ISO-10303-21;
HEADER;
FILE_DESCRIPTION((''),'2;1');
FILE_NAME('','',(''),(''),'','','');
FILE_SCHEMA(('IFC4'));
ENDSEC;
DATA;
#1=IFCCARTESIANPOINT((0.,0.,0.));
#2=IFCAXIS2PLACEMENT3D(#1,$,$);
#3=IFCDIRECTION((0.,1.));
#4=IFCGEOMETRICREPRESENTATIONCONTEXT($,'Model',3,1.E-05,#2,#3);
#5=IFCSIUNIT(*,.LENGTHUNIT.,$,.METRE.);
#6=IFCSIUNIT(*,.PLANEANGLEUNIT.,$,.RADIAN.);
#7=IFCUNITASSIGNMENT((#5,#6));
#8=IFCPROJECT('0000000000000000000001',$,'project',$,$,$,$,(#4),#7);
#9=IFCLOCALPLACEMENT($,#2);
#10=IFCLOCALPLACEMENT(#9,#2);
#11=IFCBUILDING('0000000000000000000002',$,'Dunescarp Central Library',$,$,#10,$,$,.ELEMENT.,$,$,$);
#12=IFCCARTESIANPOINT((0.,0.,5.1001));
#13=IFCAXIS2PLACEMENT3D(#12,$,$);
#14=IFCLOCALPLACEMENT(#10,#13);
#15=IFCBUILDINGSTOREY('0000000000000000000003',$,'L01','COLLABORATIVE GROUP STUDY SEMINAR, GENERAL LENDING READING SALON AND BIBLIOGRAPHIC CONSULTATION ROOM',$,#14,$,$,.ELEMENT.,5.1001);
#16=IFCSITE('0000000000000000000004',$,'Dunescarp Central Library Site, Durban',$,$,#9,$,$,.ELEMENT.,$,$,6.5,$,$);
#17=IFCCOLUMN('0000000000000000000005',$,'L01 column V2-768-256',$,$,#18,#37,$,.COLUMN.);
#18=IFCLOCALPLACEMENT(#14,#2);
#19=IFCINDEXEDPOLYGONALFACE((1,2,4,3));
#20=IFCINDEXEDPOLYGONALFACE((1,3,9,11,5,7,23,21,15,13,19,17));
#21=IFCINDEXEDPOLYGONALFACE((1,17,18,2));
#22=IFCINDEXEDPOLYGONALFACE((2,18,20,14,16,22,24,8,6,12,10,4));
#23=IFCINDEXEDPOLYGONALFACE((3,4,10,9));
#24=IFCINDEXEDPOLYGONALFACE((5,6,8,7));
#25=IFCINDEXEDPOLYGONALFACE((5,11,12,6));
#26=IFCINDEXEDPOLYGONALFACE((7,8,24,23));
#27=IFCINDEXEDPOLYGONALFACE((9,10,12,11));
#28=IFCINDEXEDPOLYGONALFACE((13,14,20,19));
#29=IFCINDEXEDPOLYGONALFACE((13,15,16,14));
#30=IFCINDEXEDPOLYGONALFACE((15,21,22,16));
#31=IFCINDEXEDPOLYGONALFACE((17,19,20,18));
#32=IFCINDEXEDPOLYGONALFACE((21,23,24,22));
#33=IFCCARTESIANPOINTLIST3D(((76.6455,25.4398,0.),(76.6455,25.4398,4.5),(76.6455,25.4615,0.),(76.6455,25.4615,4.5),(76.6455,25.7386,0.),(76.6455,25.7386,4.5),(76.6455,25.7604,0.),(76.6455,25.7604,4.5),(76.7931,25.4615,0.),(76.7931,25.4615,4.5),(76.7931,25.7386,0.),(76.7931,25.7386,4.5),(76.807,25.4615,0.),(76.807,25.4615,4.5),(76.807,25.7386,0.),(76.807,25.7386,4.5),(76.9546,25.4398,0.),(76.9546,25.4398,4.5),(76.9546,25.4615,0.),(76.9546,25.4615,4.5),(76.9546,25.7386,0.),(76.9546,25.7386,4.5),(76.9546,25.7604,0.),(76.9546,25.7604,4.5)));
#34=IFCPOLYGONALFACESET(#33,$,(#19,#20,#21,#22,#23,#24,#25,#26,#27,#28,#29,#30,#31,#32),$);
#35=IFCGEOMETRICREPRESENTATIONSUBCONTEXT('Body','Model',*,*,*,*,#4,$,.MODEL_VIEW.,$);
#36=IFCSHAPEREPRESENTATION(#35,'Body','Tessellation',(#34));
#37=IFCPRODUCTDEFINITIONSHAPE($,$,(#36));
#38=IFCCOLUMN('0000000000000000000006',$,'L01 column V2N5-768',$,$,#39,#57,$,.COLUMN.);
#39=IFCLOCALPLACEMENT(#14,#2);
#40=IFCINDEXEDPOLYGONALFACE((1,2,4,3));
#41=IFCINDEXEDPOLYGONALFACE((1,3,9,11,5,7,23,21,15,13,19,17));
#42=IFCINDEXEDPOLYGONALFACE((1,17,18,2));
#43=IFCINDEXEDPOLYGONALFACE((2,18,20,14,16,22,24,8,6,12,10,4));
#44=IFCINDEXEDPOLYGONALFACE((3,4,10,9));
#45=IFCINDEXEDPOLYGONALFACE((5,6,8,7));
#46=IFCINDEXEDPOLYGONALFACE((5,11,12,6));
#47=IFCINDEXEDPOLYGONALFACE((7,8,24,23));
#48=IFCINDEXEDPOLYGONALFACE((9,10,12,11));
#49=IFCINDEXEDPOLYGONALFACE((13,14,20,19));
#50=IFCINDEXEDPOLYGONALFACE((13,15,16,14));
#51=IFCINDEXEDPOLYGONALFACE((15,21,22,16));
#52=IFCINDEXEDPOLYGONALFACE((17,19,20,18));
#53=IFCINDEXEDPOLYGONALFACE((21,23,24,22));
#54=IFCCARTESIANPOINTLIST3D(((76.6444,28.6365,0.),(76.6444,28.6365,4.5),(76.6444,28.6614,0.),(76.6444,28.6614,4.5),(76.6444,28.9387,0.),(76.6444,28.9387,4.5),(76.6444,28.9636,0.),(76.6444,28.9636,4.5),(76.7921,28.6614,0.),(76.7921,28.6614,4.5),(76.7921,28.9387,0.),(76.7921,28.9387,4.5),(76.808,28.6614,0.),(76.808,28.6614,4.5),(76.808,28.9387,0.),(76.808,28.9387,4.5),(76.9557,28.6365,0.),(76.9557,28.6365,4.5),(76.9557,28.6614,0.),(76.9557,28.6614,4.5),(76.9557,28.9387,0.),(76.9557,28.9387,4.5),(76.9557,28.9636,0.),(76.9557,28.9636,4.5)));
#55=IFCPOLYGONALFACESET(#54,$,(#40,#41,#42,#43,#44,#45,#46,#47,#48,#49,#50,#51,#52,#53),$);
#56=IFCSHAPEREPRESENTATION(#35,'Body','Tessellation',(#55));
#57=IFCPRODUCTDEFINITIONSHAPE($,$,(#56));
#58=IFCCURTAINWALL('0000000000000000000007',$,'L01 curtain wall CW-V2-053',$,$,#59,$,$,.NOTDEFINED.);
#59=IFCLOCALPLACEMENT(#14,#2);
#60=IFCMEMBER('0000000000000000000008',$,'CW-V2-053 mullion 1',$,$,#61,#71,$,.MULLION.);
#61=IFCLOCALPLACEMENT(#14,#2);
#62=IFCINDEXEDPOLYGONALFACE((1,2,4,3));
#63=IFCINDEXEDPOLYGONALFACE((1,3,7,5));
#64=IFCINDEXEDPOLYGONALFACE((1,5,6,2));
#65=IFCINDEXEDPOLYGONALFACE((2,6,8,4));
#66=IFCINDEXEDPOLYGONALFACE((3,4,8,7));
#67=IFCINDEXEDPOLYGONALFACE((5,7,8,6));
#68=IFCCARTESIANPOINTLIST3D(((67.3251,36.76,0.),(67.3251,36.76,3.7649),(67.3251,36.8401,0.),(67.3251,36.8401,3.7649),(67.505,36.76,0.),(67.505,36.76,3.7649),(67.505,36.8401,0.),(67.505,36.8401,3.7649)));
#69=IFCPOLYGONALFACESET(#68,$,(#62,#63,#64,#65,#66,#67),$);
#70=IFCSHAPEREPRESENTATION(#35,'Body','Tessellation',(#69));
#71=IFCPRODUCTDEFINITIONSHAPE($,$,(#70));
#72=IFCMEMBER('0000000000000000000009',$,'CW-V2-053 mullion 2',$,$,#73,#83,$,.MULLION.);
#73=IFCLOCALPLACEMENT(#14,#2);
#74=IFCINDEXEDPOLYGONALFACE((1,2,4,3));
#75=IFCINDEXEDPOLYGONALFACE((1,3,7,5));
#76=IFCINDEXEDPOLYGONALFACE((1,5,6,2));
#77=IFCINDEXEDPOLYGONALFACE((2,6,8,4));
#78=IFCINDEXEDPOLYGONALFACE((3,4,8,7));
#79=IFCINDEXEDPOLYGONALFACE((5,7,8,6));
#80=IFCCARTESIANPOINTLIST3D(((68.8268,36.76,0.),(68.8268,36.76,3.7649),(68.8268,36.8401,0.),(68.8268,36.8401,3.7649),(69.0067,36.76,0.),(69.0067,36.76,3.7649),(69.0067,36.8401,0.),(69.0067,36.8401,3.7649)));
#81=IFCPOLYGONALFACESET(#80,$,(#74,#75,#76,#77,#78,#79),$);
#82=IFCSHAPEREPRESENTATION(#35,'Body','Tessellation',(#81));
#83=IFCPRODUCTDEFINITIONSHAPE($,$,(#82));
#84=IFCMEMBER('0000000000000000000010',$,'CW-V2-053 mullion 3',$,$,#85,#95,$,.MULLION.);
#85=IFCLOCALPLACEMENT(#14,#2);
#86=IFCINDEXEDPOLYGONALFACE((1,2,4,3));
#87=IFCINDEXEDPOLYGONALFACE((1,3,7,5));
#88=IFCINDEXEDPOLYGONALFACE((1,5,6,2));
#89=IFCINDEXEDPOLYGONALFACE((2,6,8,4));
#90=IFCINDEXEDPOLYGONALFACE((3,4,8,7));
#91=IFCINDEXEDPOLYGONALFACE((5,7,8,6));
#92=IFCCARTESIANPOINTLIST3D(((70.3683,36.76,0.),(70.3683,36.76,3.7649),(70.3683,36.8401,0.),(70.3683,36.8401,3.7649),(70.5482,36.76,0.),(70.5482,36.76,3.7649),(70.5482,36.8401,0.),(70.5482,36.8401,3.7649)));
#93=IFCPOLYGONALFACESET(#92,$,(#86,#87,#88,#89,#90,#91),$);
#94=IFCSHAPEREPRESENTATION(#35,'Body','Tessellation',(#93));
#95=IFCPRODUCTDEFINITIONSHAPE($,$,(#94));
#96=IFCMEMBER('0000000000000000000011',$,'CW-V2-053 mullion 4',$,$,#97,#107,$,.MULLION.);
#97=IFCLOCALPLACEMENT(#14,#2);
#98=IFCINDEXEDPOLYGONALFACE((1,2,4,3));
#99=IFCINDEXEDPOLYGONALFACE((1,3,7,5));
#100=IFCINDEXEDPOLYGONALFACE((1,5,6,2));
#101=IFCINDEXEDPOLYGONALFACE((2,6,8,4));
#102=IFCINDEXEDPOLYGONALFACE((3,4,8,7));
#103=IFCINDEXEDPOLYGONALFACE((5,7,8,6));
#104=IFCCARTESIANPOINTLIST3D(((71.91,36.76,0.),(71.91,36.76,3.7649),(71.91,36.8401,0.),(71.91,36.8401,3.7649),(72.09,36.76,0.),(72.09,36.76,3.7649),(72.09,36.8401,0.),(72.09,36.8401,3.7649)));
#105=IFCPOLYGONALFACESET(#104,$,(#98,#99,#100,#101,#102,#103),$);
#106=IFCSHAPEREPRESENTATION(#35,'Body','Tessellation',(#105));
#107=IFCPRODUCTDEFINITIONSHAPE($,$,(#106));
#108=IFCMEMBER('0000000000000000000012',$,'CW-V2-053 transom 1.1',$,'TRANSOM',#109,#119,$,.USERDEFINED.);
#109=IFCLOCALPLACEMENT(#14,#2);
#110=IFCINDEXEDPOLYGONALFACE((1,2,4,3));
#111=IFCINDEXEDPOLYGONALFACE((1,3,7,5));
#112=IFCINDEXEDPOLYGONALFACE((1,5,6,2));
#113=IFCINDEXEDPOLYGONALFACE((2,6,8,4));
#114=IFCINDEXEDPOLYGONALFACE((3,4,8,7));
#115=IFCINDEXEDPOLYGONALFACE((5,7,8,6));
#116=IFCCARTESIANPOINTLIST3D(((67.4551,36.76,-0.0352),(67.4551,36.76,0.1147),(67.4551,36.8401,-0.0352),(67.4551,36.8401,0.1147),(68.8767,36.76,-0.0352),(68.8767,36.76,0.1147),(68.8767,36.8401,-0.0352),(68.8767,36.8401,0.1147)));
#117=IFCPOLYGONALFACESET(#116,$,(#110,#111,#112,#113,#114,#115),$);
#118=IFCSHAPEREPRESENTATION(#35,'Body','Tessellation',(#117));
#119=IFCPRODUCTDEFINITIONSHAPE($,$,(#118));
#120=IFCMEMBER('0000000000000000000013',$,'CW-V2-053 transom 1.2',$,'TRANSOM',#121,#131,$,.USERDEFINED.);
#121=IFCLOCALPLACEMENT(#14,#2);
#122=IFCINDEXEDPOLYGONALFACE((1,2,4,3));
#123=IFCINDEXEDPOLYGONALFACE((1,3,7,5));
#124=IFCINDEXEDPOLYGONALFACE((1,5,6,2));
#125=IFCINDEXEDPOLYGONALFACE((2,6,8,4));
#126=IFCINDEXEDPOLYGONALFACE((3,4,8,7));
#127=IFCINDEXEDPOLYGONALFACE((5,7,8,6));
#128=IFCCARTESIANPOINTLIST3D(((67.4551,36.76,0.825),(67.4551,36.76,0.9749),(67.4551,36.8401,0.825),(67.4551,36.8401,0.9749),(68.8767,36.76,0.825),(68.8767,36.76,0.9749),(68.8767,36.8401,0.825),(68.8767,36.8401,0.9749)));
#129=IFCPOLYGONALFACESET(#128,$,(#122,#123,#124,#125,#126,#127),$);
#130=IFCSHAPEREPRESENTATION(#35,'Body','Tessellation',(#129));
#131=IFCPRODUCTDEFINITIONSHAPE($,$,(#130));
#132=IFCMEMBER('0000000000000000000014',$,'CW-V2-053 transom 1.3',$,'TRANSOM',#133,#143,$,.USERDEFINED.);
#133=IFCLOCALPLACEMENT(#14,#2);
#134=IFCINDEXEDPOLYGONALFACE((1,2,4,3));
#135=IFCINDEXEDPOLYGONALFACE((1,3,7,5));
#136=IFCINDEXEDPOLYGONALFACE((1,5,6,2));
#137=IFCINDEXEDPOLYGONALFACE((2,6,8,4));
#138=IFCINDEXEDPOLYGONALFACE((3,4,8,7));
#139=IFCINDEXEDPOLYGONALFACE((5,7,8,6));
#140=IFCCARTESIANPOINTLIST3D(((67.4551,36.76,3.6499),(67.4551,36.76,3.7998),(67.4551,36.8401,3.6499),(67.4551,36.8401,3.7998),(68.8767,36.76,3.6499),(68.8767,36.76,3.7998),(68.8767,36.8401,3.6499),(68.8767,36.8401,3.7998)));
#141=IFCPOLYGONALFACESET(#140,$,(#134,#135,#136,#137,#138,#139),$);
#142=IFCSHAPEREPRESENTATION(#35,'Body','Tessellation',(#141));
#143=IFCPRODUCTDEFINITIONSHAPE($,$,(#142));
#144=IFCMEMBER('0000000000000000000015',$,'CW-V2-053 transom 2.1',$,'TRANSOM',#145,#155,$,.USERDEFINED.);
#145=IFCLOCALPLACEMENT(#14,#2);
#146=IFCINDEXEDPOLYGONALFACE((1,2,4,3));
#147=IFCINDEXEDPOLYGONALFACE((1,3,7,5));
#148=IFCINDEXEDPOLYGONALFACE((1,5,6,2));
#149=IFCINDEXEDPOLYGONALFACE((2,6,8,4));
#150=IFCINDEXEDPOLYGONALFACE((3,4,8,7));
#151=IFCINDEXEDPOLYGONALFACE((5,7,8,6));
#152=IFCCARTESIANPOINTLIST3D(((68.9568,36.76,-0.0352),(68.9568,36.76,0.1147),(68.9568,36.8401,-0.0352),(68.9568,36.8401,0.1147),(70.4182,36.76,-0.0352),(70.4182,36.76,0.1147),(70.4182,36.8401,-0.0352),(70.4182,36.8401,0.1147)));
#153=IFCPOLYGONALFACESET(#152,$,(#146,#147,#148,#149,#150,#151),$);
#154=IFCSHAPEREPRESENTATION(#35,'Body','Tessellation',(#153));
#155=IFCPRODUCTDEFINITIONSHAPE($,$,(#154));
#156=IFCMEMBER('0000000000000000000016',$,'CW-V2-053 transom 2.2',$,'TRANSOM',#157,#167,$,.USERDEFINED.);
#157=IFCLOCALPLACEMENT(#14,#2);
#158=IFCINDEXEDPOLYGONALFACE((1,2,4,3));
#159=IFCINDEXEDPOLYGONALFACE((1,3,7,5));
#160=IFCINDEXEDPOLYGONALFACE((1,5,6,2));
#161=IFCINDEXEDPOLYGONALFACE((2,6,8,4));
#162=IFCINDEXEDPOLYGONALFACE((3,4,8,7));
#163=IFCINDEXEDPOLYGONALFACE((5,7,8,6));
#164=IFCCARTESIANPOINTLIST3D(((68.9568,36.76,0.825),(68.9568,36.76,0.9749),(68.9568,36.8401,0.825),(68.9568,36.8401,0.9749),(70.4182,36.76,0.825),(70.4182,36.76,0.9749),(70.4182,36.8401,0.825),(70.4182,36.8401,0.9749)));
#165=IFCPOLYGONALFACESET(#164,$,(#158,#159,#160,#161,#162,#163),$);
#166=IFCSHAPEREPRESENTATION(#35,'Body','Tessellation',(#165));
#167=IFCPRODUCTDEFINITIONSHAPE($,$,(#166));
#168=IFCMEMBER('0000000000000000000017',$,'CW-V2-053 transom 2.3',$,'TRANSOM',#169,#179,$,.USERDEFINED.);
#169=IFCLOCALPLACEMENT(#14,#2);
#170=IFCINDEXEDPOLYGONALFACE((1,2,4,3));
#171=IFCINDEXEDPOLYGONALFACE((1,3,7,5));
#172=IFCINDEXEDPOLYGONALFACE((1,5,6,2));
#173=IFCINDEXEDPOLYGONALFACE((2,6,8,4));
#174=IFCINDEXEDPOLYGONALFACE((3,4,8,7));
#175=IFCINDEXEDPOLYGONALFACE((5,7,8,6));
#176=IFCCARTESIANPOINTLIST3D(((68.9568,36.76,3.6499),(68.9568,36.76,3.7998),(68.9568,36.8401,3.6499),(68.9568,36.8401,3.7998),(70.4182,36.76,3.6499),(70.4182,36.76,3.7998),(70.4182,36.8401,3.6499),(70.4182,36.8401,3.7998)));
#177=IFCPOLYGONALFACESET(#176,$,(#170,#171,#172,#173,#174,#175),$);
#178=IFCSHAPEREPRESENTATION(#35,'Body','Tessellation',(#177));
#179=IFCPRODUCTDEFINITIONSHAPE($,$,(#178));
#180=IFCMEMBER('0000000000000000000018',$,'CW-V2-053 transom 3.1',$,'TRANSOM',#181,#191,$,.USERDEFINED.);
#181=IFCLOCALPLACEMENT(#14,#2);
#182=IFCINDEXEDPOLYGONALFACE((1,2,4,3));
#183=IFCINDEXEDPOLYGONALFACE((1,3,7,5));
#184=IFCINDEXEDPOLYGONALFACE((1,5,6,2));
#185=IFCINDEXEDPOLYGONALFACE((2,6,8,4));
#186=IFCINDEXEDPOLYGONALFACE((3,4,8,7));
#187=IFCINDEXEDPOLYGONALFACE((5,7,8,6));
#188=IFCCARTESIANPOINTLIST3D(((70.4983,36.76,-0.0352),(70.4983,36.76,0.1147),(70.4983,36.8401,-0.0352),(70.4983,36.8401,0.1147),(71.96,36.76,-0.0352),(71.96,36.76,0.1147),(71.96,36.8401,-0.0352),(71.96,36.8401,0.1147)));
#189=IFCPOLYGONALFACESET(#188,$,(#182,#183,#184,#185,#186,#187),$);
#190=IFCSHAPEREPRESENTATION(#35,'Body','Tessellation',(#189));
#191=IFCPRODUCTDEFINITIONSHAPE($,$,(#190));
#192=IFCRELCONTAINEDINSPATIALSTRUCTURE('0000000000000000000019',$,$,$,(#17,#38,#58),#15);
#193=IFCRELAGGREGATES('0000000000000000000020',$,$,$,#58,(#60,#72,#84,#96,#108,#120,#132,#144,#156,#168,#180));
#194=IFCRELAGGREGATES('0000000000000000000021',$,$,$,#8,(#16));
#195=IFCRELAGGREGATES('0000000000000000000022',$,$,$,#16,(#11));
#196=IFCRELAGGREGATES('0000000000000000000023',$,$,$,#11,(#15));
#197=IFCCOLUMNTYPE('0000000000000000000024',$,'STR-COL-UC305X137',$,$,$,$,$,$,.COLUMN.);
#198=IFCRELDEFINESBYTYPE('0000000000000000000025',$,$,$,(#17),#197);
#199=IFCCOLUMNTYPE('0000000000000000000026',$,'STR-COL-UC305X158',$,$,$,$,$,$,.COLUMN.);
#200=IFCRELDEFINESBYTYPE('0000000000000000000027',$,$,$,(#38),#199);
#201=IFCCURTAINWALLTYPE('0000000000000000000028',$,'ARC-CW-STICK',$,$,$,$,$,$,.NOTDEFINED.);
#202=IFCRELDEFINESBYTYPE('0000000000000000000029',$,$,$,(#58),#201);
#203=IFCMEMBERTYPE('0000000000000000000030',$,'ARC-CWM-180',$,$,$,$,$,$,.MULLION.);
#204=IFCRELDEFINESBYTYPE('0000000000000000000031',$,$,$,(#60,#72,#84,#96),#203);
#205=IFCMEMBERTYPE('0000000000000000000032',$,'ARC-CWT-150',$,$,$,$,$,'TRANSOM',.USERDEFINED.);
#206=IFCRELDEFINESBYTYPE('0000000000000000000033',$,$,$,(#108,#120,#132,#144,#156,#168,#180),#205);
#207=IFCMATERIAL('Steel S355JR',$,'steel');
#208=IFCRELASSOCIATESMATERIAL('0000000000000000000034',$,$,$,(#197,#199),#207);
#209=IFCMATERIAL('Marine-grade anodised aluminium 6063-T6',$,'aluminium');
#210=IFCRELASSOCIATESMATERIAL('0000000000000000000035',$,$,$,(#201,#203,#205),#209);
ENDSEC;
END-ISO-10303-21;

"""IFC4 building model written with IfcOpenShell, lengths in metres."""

from ifc_helpers import new_model, si_unit, direction, frame, origin, origin_2d, place, context, subcontext, project, spatial, rectangle, i_section, extrude, material, material_profile, profile_set, type_object, element, aggregate, save


model = new_model("IFC4")

# Units and contexts
model_context = context("Model", 3, precision=1e-05, world=origin(), true_north=direction((0.0, 1.0)))
body_context = subcontext(model_context, "Body", "Model", "MODEL_VIEW")
ifc_project = project(units=[si_unit("LENGTHUNIT", "METRE"), si_unit("PLANEANGLEUNIT", "RADIAN")], contexts=[model_context])

# Site, building, storey
site_placement = place(None, origin())
site = spatial("IfcSite", under=ifc_project, at=site_placement, Name="Dunescarp Central Library Site, Durban", CompositionType="ELEMENT", RefElevation=6.5)
building_placement = place(site_placement, origin())
building = spatial("IfcBuilding", under=site, at=building_placement, Name="Dunescarp Central Library", CompositionType="ELEMENT")
storey_placement = place(building_placement, frame((0.0, 0.0, 5.1001)))
storey = spatial("IfcBuildingStorey", under=building, at=storey_placement, Name="L01", Description="COLLABORATIVE GROUP STUDY SEMINAR, GENERAL LENDING READING SALON AND BIBLIOGRAPHIC CONSULTATION ROOM", CompositionType="ELEMENT", Elevation=5.1001)

# Columns
ifc_material_1 = material(Name="Steel S355JR", Category="steel")
ifc_material_profile_1 = material_profile(ifc_material_1, i_section(OverallWidth=0.3091, OverallDepth=0.3206, WebThickness=0.0139, FlangeThickness=0.0217, at=origin_2d()), Name="UC 305x305x137")
ifc_profile_set_1 = profile_set([ifc_material_profile_1], Name="Steel S355JR")
column_type_1 = type_object("IfcColumnType", Name="STR-COL-UC305X137", PredefinedType="COLUMN", material=ifc_profile_set_1)
column_1_placement = place(storey_placement, frame((76.8, 25.6001, 0.0), z_axis=(0.0, 0.0, 1.0), x_axis=(1.0, 0.0, 0.0)))
element("IfcColumn", 1, at=column_1_placement, inside=storey, type_object=column_type_1, Name="L01 column V2-768-256", PredefinedType="COLUMN", context=body_context, shape_type="SweptSolid", body=[
    extrude(i_section(OverallWidth=0.3091, OverallDepth=0.3206, WebThickness=0.0139, FlangeThickness=0.0217, at=origin_2d()), origin(), (0.0, 0.0, 1.0), 4.5),
])
ifc_material_profile_2 = material_profile(ifc_material_1, i_section(OverallWidth=0.3113, OverallDepth=0.3271, WebThickness=0.0159, FlangeThickness=0.0249, at=origin_2d()), Name="UC 305x305x158")
ifc_profile_set_2 = profile_set([ifc_material_profile_2], Name="Steel S355JR")
column_type_2 = type_object("IfcColumnType", Name="STR-COL-UC305X158", PredefinedType="COLUMN", material=ifc_profile_set_2)
column_2_placement = place(storey_placement, frame((76.8, 28.8, 0.0), z_axis=(0.0, 0.0, 1.0), x_axis=(1.0, 0.0, 0.0)))
element("IfcColumn", 2, at=column_2_placement, inside=storey, type_object=column_type_2, Name="L01 column V2N5-768", PredefinedType="COLUMN", context=body_context, shape_type="SweptSolid", body=[
    extrude(i_section(OverallWidth=0.3113, OverallDepth=0.3271, WebThickness=0.0159, FlangeThickness=0.0249, at=origin_2d()), origin(), (0.0, 0.0, 1.0), 4.5),
])

# Curtain wall, members
ifc_material_2 = material(Name="Marine-grade anodised aluminium 6063-T6", Category="aluminium")
curtain_wall_type = type_object("IfcCurtainWallType", Name="ARC-CW-STICK", PredefinedType="NOTDEFINED", material=ifc_material_2)
curtain_wall_placement = place(storey_placement, origin())
curtain_wall = element("IfcCurtainWall", 3, at=curtain_wall_placement, inside=storey, type_object=curtain_wall_type, Name="L01 curtain wall CW-V2-053", PredefinedType="NOTDEFINED")
ifc_material_profile_3 = material_profile(ifc_material_2, rectangle(XDim=0.0801, YDim=0.1799, at=origin_2d()), Name="AL 80x180")
ifc_profile_set_3 = profile_set([ifc_material_profile_3], Name="Marine-grade anodised aluminium 6063-T6")
member_type_1 = type_object("IfcMemberType", Name="ARC-CWM-180", PredefinedType="MULLION", material=ifc_profile_set_3)
member_1_placement = place(storey_placement, frame((67.415, 36.8, 0.0), z_axis=(0.0, 0.0, 1.0), x_axis=(0.0, 1.0, 0.0)))
member_1 = element("IfcMember", 4, at=member_1_placement, type_object=member_type_1, Name="CW-V2-053 mullion 1", PredefinedType="MULLION", context=body_context, shape_type="SweptSolid", body=[
    extrude(rectangle(XDim=0.0801, YDim=0.1799, at=origin_2d()), origin(), (0.0, 0.0, 1.0), 3.7649),
])
member_2_placement = place(storey_placement, frame((68.9167, 36.8, 0.0), z_axis=(0.0, 0.0, 1.0), x_axis=(0.0, 1.0, 0.0)))
member_2 = element("IfcMember", 5, at=member_2_placement, type_object=member_type_1, Name="CW-V2-053 mullion 2", PredefinedType="MULLION", context=body_context, shape_type="SweptSolid", body=[
    extrude(rectangle(XDim=0.0801, YDim=0.1799, at=origin_2d()), origin(), (0.0, 0.0, 1.0), 3.7649),
])
member_3_placement = place(storey_placement, frame((70.4583, 36.8, 0.0), z_axis=(0.0, 0.0, 1.0), x_axis=(0.0, 1.0, 0.0)))
member_3 = element("IfcMember", 6, at=member_3_placement, type_object=member_type_1, Name="CW-V2-053 mullion 3", PredefinedType="MULLION", context=body_context, shape_type="SweptSolid", body=[
    extrude(rectangle(XDim=0.0801, YDim=0.1799, at=origin_2d()), origin(), (0.0, 0.0, 1.0), 3.7649),
])
member_4_placement = place(storey_placement, frame((72.0, 36.8, 0.0), z_axis=(0.0, 0.0, 1.0), x_axis=(0.0, 1.0, 0.0)))
member_4 = element("IfcMember", 7, at=member_4_placement, type_object=member_type_1, Name="CW-V2-053 mullion 4", PredefinedType="MULLION", context=body_context, shape_type="SweptSolid", body=[
    extrude(rectangle(XDim=0.0801, YDim=0.1799, at=origin_2d()), origin(), (0.0, 0.0, 1.0), 3.7649),
])
ifc_material_profile_4 = material_profile(ifc_material_2, rectangle(XDim=0.0801, YDim=0.1499, at=origin_2d()), Name="AL 80x150")
ifc_profile_set_4 = profile_set([ifc_material_profile_4], Name="Marine-grade anodised aluminium 6063-T6")
member_type_2 = type_object("IfcMemberType", Name="ARC-CWT-150", ElementType="TRANSOM", PredefinedType="USERDEFINED", material=ifc_profile_set_4)
member_5_placement = place(storey_placement, frame((67.4551, 36.8, 0.0398), z_axis=(1.0, 0.0, 0.0), x_axis=(0.0, 1.0, 0.0)))
member_5 = element("IfcMember", 8, at=member_5_placement, type_object=member_type_2, Name="CW-V2-053 transom 1.1", ObjectType="TRANSOM", PredefinedType="USERDEFINED", context=body_context, shape_type="SweptSolid", body=[
    extrude(rectangle(XDim=0.0801, YDim=0.1499, at=origin_2d()), origin(), (0.0, 0.0, 1.0), 1.4216),
])
member_6_placement = place(storey_placement, frame((67.4551, 36.8, 0.8999), z_axis=(1.0, 0.0, 0.0), x_axis=(0.0, 1.0, 0.0)))
member_6 = element("IfcMember", 9, at=member_6_placement, type_object=member_type_2, Name="CW-V2-053 transom 1.2", ObjectType="TRANSOM", PredefinedType="USERDEFINED", context=body_context, shape_type="SweptSolid", body=[
    extrude(rectangle(XDim=0.0801, YDim=0.1499, at=origin_2d()), origin(), (0.0, 0.0, 1.0), 1.4216),
])
member_7_placement = place(storey_placement, frame((67.4551, 36.8, 3.7249), z_axis=(1.0, 0.0, 0.0), x_axis=(0.0, 1.0, 0.0)))
member_7 = element("IfcMember", 10, at=member_7_placement, type_object=member_type_2, Name="CW-V2-053 transom 1.3", ObjectType="TRANSOM", PredefinedType="USERDEFINED", context=body_context, shape_type="SweptSolid", body=[
    extrude(rectangle(XDim=0.0801, YDim=0.1499, at=origin_2d()), origin(), (0.0, 0.0, 1.0), 1.4216),
])
member_8_placement = place(storey_placement, frame((68.9568, 36.8, 0.0398), z_axis=(1.0, 0.0, 0.0), x_axis=(0.0, 1.0, 0.0)))
member_8 = element("IfcMember", 11, at=member_8_placement, type_object=member_type_2, Name="CW-V2-053 transom 2.1", ObjectType="TRANSOM", PredefinedType="USERDEFINED", context=body_context, shape_type="SweptSolid", body=[
    extrude(rectangle(XDim=0.0801, YDim=0.1499, at=origin_2d()), origin(), (0.0, 0.0, 1.0), 1.4614),
])
member_9_placement = place(storey_placement, frame((68.9568, 36.8, 0.8999), z_axis=(1.0, 0.0, 0.0), x_axis=(0.0, 1.0, 0.0)))
member_9 = element("IfcMember", 12, at=member_9_placement, type_object=member_type_2, Name="CW-V2-053 transom 2.2", ObjectType="TRANSOM", PredefinedType="USERDEFINED", context=body_context, shape_type="SweptSolid", body=[
    extrude(rectangle(XDim=0.0801, YDim=0.1499, at=origin_2d()), origin(), (0.0, 0.0, 1.0), 1.4614),
])
member_10_placement = place(storey_placement, frame((68.9568, 36.8, 3.7249), z_axis=(1.0, 0.0, 0.0), x_axis=(0.0, 1.0, 0.0)))
member_10 = element("IfcMember", 13, at=member_10_placement, type_object=member_type_2, Name="CW-V2-053 transom 2.3", ObjectType="TRANSOM", PredefinedType="USERDEFINED", context=body_context, shape_type="SweptSolid", body=[
    extrude(rectangle(XDim=0.0801, YDim=0.1499, at=origin_2d()), origin(), (0.0, 0.0, 1.0), 1.4614),
])
member_11_placement = place(storey_placement, frame((70.4983, 36.8, 0.0398), z_axis=(1.0, 0.0, 0.0), x_axis=(0.0, 1.0, 0.0)))
member_11 = element("IfcMember", 14, at=member_11_placement, type_object=member_type_2, Name="CW-V2-053 transom 3.1", ObjectType="TRANSOM", PredefinedType="USERDEFINED", context=body_context, shape_type="SweptSolid", body=[
    extrude(rectangle(XDim=0.0801, YDim=0.1499, at=origin_2d()), origin(), (0.0, 0.0, 1.0), 1.4617),
])

aggregate(curtain_wall, [member_1, member_2, member_3, member_4, member_5, member_6, member_7, member_8, member_9, member_10, member_11])

save(model, "model.ifc")
